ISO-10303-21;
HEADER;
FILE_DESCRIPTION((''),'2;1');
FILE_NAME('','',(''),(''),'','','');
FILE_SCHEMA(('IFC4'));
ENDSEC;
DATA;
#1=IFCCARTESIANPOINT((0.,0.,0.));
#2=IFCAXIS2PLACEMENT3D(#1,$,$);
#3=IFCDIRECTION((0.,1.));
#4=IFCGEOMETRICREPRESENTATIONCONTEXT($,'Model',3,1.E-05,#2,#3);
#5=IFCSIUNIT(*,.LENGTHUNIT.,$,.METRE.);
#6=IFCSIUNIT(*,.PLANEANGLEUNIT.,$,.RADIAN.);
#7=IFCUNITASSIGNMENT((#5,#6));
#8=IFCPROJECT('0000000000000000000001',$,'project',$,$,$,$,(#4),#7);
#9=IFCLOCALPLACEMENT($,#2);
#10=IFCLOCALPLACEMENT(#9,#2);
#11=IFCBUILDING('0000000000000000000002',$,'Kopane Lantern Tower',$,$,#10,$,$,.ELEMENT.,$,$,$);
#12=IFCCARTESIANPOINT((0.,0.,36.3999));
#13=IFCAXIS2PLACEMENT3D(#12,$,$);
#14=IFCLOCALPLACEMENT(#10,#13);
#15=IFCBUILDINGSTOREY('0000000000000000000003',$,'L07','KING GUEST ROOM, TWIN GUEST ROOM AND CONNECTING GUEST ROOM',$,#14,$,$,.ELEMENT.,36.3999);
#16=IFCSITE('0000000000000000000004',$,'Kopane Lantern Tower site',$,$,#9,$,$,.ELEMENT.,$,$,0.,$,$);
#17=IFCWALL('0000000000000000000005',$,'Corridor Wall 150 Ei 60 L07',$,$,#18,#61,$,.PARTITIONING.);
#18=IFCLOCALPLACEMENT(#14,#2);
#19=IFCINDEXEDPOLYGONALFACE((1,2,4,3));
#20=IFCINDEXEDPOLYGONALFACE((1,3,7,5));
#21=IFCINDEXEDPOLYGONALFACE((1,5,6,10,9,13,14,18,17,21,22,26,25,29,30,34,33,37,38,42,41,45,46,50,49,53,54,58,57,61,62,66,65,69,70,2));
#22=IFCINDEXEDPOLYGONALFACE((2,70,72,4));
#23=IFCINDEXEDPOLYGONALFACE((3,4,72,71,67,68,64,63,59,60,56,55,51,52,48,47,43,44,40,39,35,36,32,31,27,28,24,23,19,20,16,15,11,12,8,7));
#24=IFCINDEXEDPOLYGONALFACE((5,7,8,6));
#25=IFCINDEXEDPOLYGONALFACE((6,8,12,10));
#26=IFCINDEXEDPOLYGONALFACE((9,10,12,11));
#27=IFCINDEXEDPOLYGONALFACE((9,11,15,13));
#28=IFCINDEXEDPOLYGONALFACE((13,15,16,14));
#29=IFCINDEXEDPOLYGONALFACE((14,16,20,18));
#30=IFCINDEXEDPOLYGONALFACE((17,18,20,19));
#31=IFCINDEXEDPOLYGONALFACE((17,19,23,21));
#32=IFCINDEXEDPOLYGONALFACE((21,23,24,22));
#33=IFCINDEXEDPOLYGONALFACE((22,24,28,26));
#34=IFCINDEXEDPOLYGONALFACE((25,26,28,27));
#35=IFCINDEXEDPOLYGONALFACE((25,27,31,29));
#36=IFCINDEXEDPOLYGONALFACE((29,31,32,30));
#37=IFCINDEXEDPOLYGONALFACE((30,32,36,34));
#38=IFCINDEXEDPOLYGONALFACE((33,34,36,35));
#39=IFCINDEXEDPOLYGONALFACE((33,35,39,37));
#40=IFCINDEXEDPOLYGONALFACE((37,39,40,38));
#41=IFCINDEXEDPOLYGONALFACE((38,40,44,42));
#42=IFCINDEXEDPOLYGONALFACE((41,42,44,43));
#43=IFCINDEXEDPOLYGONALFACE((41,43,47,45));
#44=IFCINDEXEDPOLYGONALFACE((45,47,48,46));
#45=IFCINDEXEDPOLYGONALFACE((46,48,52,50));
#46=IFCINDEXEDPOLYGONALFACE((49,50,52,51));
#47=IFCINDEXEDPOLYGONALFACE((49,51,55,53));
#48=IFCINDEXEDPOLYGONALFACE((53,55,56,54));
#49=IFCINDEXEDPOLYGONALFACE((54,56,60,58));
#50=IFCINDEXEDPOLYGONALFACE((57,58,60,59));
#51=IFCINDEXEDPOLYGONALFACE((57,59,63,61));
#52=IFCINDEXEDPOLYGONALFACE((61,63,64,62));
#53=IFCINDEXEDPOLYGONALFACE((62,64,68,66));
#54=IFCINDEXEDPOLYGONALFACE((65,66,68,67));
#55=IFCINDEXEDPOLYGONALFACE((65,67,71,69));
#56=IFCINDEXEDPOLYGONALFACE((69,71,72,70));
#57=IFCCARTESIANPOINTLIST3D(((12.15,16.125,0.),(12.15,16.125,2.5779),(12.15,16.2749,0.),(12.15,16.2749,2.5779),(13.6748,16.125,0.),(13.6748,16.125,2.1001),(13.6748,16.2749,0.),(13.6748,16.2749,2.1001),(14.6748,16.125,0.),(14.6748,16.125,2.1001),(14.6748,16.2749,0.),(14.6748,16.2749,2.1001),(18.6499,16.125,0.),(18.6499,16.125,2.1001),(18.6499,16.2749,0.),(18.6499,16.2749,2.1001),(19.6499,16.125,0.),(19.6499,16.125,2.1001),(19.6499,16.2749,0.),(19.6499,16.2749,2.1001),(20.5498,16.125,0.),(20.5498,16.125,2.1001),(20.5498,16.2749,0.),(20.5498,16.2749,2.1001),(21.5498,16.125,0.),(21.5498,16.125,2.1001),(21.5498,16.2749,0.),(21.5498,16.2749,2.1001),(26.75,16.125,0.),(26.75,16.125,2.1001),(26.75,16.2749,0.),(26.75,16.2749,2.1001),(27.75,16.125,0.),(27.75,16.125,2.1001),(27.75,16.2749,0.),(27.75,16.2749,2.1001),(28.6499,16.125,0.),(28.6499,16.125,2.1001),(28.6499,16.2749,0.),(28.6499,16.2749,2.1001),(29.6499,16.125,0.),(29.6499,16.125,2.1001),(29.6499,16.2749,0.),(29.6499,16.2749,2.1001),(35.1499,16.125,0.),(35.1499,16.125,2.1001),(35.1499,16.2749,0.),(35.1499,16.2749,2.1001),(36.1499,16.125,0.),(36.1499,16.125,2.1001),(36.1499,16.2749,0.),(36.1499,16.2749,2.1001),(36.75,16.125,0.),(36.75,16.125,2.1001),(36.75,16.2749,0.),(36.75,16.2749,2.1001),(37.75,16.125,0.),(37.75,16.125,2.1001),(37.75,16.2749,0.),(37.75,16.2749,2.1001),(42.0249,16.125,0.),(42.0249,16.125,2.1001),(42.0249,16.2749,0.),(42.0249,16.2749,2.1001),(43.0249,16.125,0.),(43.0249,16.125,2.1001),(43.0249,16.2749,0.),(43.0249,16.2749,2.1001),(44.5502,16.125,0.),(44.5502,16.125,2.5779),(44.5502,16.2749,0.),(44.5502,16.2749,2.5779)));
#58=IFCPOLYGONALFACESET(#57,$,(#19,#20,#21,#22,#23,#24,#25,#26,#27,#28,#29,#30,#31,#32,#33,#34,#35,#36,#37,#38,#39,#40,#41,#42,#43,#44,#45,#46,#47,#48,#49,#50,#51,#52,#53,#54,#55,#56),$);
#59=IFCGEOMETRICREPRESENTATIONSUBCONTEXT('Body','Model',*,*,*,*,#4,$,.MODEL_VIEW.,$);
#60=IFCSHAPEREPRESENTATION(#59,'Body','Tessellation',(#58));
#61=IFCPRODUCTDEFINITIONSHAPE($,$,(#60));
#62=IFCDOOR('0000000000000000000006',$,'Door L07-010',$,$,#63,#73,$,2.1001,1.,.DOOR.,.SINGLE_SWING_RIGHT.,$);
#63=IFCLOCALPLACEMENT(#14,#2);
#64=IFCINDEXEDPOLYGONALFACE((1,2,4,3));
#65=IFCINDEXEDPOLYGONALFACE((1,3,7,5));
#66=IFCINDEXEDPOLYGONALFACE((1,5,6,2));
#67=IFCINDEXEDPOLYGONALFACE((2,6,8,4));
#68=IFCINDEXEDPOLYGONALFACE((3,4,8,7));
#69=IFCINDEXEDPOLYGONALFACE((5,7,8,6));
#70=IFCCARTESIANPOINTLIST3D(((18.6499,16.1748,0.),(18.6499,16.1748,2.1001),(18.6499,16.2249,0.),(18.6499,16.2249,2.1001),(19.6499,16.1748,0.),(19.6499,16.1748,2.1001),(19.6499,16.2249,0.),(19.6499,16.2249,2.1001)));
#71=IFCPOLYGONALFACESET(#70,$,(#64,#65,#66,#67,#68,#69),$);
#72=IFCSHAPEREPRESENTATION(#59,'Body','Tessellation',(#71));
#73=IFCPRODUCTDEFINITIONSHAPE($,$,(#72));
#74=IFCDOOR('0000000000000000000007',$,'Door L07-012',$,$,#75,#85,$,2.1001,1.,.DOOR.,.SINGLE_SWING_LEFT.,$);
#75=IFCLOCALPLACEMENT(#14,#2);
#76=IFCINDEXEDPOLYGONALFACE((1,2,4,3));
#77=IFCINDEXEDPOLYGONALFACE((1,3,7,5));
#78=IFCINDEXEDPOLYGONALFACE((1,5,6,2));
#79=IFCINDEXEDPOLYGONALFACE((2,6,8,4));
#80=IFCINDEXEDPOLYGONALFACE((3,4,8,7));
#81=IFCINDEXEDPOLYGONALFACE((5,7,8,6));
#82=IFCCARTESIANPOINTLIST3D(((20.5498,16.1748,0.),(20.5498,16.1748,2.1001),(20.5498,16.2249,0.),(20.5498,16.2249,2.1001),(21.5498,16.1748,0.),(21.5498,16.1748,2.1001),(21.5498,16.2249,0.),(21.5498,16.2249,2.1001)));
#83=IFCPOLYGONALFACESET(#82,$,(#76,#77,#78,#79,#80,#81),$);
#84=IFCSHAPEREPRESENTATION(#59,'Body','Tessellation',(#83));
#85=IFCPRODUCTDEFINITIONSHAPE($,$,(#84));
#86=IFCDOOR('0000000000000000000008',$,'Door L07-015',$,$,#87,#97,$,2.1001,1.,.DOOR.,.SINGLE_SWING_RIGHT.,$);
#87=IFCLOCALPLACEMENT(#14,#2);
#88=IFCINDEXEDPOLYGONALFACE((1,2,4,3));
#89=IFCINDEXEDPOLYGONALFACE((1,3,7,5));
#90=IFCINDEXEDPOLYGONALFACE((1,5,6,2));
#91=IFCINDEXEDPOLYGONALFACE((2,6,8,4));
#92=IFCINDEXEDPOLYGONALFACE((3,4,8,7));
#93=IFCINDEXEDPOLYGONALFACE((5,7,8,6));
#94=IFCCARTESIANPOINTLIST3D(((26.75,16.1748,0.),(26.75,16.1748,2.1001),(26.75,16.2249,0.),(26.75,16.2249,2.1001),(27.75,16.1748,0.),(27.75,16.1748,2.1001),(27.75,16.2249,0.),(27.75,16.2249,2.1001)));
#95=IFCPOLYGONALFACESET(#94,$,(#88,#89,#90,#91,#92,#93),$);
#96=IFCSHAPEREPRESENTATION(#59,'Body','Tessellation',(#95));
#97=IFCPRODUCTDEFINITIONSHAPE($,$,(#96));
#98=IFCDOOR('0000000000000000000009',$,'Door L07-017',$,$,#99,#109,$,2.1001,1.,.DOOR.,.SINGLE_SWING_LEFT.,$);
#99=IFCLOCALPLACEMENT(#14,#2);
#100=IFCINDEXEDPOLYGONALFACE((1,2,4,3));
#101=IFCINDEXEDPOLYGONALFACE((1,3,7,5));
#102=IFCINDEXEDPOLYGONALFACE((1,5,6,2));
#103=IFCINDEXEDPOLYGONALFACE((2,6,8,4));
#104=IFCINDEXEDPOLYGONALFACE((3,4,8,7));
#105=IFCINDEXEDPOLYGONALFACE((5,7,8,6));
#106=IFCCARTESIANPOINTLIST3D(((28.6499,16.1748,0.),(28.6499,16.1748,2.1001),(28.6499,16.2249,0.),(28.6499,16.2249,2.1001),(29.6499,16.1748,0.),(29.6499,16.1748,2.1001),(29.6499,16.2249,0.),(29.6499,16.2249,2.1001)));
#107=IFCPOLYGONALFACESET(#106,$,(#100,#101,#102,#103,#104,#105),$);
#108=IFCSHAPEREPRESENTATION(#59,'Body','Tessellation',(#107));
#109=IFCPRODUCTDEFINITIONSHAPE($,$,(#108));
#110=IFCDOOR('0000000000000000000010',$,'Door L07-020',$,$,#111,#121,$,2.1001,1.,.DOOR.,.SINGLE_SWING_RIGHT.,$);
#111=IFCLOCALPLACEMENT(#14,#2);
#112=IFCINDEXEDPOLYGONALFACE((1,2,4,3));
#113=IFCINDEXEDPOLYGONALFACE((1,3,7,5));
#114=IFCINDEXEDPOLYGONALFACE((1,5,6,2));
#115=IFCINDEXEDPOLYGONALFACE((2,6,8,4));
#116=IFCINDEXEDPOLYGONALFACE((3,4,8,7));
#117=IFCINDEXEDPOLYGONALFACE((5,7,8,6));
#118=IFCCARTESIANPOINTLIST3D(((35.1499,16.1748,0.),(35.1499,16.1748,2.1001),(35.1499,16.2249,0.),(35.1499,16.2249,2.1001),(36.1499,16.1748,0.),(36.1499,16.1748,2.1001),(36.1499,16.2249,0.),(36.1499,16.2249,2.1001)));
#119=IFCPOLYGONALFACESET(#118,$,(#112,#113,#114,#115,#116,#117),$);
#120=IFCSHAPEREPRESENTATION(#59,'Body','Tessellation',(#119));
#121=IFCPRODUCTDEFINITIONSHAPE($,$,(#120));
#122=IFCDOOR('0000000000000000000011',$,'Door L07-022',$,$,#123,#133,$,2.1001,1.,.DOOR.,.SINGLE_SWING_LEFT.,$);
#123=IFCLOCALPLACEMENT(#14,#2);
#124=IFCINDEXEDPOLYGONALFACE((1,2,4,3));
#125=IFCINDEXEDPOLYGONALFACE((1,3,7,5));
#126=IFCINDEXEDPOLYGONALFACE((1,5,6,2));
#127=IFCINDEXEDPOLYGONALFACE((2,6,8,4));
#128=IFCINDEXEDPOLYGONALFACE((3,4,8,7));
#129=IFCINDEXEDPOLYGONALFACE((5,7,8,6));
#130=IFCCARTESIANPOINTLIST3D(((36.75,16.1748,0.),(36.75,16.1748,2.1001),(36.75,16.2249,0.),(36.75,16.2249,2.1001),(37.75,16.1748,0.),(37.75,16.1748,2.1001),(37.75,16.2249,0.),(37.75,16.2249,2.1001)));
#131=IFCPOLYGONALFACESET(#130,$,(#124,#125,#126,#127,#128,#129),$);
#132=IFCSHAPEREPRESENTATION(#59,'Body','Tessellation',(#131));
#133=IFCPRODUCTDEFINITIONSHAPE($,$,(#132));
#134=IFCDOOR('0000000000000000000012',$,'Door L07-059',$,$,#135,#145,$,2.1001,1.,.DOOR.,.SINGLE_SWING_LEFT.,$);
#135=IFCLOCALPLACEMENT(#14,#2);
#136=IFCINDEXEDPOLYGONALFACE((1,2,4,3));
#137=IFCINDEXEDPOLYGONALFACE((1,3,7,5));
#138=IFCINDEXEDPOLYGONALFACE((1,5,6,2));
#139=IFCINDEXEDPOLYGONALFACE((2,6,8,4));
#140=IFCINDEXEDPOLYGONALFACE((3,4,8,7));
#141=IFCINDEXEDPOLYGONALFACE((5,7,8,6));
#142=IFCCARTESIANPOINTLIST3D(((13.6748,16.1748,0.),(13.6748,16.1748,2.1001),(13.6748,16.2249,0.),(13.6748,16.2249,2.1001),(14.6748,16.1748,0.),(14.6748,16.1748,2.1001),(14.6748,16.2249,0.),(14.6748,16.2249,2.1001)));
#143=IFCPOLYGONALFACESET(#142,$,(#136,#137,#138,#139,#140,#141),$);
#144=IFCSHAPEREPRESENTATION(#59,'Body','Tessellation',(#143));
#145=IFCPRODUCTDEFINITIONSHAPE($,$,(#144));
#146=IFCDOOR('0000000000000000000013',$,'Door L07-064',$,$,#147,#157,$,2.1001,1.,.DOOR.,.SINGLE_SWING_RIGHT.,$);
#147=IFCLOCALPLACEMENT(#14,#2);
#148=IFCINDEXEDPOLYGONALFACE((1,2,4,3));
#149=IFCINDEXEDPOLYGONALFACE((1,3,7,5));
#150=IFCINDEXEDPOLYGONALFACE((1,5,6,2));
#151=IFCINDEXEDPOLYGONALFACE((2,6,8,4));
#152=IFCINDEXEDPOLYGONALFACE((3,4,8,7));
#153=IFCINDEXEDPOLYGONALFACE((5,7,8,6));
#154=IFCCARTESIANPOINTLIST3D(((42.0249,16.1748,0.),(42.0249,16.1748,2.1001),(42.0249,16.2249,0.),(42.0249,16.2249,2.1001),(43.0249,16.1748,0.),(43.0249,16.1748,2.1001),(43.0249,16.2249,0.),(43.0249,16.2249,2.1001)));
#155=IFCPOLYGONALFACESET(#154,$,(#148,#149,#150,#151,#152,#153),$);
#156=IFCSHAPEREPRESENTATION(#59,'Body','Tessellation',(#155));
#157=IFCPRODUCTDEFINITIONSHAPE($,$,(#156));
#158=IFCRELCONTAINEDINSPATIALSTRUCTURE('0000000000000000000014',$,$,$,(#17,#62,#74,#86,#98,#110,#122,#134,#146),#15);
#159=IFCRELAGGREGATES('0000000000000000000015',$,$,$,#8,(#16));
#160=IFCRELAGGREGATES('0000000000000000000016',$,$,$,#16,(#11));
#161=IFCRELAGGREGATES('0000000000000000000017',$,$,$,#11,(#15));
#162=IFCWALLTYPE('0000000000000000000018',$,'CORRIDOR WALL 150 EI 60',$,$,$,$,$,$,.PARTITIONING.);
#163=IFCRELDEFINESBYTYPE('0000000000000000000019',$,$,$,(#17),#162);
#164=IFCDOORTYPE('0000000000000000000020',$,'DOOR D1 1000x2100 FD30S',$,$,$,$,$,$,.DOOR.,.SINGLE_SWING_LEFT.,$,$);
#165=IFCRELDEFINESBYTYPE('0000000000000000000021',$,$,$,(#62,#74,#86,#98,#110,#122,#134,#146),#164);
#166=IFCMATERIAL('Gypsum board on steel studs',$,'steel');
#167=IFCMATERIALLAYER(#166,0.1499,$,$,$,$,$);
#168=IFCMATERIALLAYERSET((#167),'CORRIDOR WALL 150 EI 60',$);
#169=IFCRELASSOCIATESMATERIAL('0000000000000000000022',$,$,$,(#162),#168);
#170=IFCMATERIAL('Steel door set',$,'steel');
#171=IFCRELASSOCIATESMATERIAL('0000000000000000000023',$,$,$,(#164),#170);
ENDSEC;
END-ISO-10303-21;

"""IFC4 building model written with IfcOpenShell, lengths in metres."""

from ifc_helpers import new_model, si_unit, direction, frame, frame_2d, origin, place, context, subcontext, project, spatial, rectangle, extrude, material, layer, layer_set, type_object, element, fill, save


model = new_model("IFC4")

# Units and contexts
model_context = context("Model", 3, precision=1e-05, world=origin(), true_north=direction((0.0, 1.0)))
body_context = subcontext(model_context, "Body", "Model", "MODEL_VIEW")
ifc_project = project(units=[si_unit("LENGTHUNIT", "METRE"), si_unit("PLANEANGLEUNIT", "RADIAN")], contexts=[model_context])

# Site, building, storey
site_placement = place(None, origin())
site = spatial("IfcSite", under=ifc_project, at=site_placement, Name="Kopane Lantern Tower site", CompositionType="ELEMENT", RefElevation=0.0)
building_placement = place(site_placement, origin())
building = spatial("IfcBuilding", under=site, at=building_placement, Name="Kopane Lantern Tower", CompositionType="ELEMENT")
storey_placement = place(building_placement, frame((0.0, 0.0, 36.3999)))
storey = spatial("IfcBuildingStorey", under=building, at=storey_placement, Name="L07", Description="KING GUEST ROOM, TWIN GUEST ROOM AND CONNECTING GUEST ROOM", CompositionType="ELEMENT", Elevation=36.3999)

# Wall, openings, doors
ifc_material_1 = material(Name="Gypsum board on steel studs", Category="steel")
ifc_layer_1 = layer(ifc_material_1, 0.1499)
ifc_layer_set_1 = layer_set([ifc_layer_1], Name="CORRIDOR WALL 150 EI 60")
wall_type_1 = type_object("IfcWallType", Name="CORRIDOR WALL 150 EI 60", PredefinedType="PARTITIONING", material=ifc_layer_set_1)
wall_1_placement = place(storey_placement, frame((12.1499, 16.2, 0.0), z_axis=(0.0, 0.0, 1.0), x_axis=(1.0, 0.0, 0.0)))
wall_1 = element("IfcWall", 1, at=wall_1_placement, inside=storey, type_object=wall_type_1, Name="Corridor Wall 150 Ei 60 L07", PredefinedType="PARTITIONING", context=body_context, shape_type="SweptSolid", body=[
    extrude(rectangle(XDim=32.4001, YDim=0.1499, at=frame_2d((16.2002, 0.0))), origin(), (0.0, 0.0, 1.0), 2.5779),
])
opening_1_placement = place(wall_1_placement, frame((6.5, 0.0, 0.0)))
opening_1 = element("IfcOpeningElement", 2, at=opening_1_placement, cuts=wall_1, PredefinedType="OPENING", context=body_context, shape_type="SweptSolid", body=[
    extrude(rectangle(XDim=1.0, YDim=2.1001, at=frame_2d((0.5, 1.05))), frame((0.0, 0.085, 0.0), z_axis=(0.0, -1.0, 0.0), x_axis=(1.0, 0.0, 0.0)), (0.0, 0.0, 1.0), 0.1699),
])
opening_2_placement = place(wall_1_placement, frame((8.3999, 0.0, 0.0)))
opening_2 = element("IfcOpeningElement", 3, at=opening_2_placement, cuts=wall_1, PredefinedType="OPENING", context=body_context, shape_type="SweptSolid", body=[
    extrude(rectangle(XDim=1.0, YDim=2.1001, at=frame_2d((0.5, 1.05))), frame((0.0, 0.085, 0.0), z_axis=(0.0, -1.0, 0.0), x_axis=(1.0, 0.0, 0.0)), (0.0, 0.0, 1.0), 0.1699),
])
opening_3_placement = place(wall_1_placement, frame((14.6001, 0.0, 0.0)))
opening_3 = element("IfcOpeningElement", 4, at=opening_3_placement, cuts=wall_1, PredefinedType="OPENING", context=body_context, shape_type="SweptSolid", body=[
    extrude(rectangle(XDim=1.0, YDim=2.1001, at=frame_2d((0.5, 1.05))), frame((0.0, 0.085, 0.0), z_axis=(0.0, -1.0, 0.0), x_axis=(1.0, 0.0, 0.0)), (0.0, 0.0, 1.0), 0.1699),
])
opening_4_placement = place(wall_1_placement, frame((16.5, 0.0, 0.0)))
opening_4 = element("IfcOpeningElement", 5, at=opening_4_placement, cuts=wall_1, PredefinedType="OPENING", context=body_context, shape_type="SweptSolid", body=[
    extrude(rectangle(XDim=1.0, YDim=2.1001, at=frame_2d((0.5, 1.05))), frame((0.0, 0.085, 0.0), z_axis=(0.0, -1.0, 0.0), x_axis=(1.0, 0.0, 0.0)), (0.0, 0.0, 1.0), 0.1699),
])
opening_5_placement = place(wall_1_placement, frame((23.0, 0.0, 0.0)))
opening_5 = element("IfcOpeningElement", 6, at=opening_5_placement, cuts=wall_1, PredefinedType="OPENING", context=body_context, shape_type="SweptSolid", body=[
    extrude(rectangle(XDim=1.0, YDim=2.1001, at=frame_2d((0.5, 1.05))), frame((0.0, 0.085, 0.0), z_axis=(0.0, -1.0, 0.0), x_axis=(1.0, 0.0, 0.0)), (0.0, 0.0, 1.0), 0.1699),
])
opening_6_placement = place(wall_1_placement, frame((24.6001, 0.0, 0.0)))
opening_6 = element("IfcOpeningElement", 7, at=opening_6_placement, cuts=wall_1, PredefinedType="OPENING", context=body_context, shape_type="SweptSolid", body=[
    extrude(rectangle(XDim=1.0, YDim=2.1001, at=frame_2d((0.5, 1.05))), frame((0.0, 0.085, 0.0), z_axis=(0.0, -1.0, 0.0), x_axis=(1.0, 0.0, 0.0)), (0.0, 0.0, 1.0), 0.1699),
])
opening_7_placement = place(wall_1_placement, frame((1.5249, 0.0, 0.0)))
opening_7 = element("IfcOpeningElement", 8, at=opening_7_placement, cuts=wall_1, PredefinedType="OPENING", context=body_context, shape_type="SweptSolid", body=[
    extrude(rectangle(XDim=1.0, YDim=2.1001, at=frame_2d((0.5, 1.05))), frame((0.0, 0.085, 0.0), z_axis=(0.0, -1.0, 0.0), x_axis=(1.0, 0.0, 0.0)), (0.0, 0.0, 1.0), 0.1699),
])
opening_8_placement = place(wall_1_placement, frame((29.875, 0.0, 0.0)))
opening_8 = element("IfcOpeningElement", 9, at=opening_8_placement, cuts=wall_1, PredefinedType="OPENING", context=body_context, shape_type="SweptSolid", body=[
    extrude(rectangle(XDim=1.0, YDim=2.1001, at=frame_2d((0.5, 1.05))), frame((0.0, 0.085, 0.0), z_axis=(0.0, -1.0, 0.0), x_axis=(1.0, 0.0, 0.0)), (0.0, 0.0, 1.0), 0.1699),
])
ifc_material_2 = material(Name="Steel door set", Category="steel")
door_type = type_object("IfcDoorType", Name="DOOR D1 1000x2100 FD30S", OperationType="SINGLE_SWING_LEFT", PredefinedType="DOOR", material=ifc_material_2)
door_1_placement = place(opening_1_placement, origin())
door_1 = element("IfcDoor", 10, at=door_1_placement, inside=storey, type_object=door_type, Name="Door L07-010", OperationType="SINGLE_SWING_RIGHT", OverallHeight=2.1001, OverallWidth=1.0, PredefinedType="DOOR", context=body_context, shape_type="SweptSolid", body=[
    extrude(rectangle(XDim=1.0, YDim=2.1001, at=frame_2d((0.5, 1.05))), frame((0.0, 0.0249, 0.0), z_axis=(0.0, -1.0, 0.0), x_axis=(1.0, 0.0, 0.0)), (0.0, 0.0, 1.0), 0.05),
])
fill(opening_1, door_1)
door_2_placement = place(opening_2_placement, origin())
door_2 = element("IfcDoor", 11, at=door_2_placement, inside=storey, type_object=door_type, Name="Door L07-012", OperationType="SINGLE_SWING_LEFT", OverallHeight=2.1001, OverallWidth=1.0, PredefinedType="DOOR", context=body_context, shape_type="SweptSolid", body=[
    extrude(rectangle(XDim=1.0, YDim=2.1001, at=frame_2d((0.5, 1.05))), frame((0.0, 0.0249, 0.0), z_axis=(0.0, -1.0, 0.0), x_axis=(1.0, 0.0, 0.0)), (0.0, 0.0, 1.0), 0.05),
])
fill(opening_2, door_2)
door_3_placement = place(opening_3_placement, origin())
door_3 = element("IfcDoor", 12, at=door_3_placement, inside=storey, type_object=door_type, Name="Door L07-015", OperationType="SINGLE_SWING_RIGHT", OverallHeight=2.1001, OverallWidth=1.0, PredefinedType="DOOR", context=body_context, shape_type="SweptSolid", body=[
    extrude(rectangle(XDim=1.0, YDim=2.1001, at=frame_2d((0.5, 1.05))), frame((0.0, 0.0249, 0.0), z_axis=(0.0, -1.0, 0.0), x_axis=(1.0, 0.0, 0.0)), (0.0, 0.0, 1.0), 0.05),
])
fill(opening_3, door_3)
door_4_placement = place(opening_4_placement, origin())
door_4 = element("IfcDoor", 13, at=door_4_placement, inside=storey, type_object=door_type, Name="Door L07-017", OperationType="SINGLE_SWING_LEFT", OverallHeight=2.1001, OverallWidth=1.0, PredefinedType="DOOR", context=body_context, shape_type="SweptSolid", body=[
    extrude(rectangle(XDim=1.0, YDim=2.1001, at=frame_2d((0.5, 1.05))), frame((0.0, 0.0249, 0.0), z_axis=(0.0, -1.0, 0.0), x_axis=(1.0, 0.0, 0.0)), (0.0, 0.0, 1.0), 0.05),
])
fill(opening_4, door_4)
door_5_placement = place(opening_5_placement, origin())
door_5 = element("IfcDoor", 14, at=door_5_placement, inside=storey, type_object=door_type, Name="Door L07-020", OperationType="SINGLE_SWING_RIGHT", OverallHeight=2.1001, OverallWidth=1.0, PredefinedType="DOOR", context=body_context, shape_type="SweptSolid", body=[
    extrude(rectangle(XDim=1.0, YDim=2.1001, at=frame_2d((0.5, 1.05))), frame((0.0, 0.0249, 0.0), z_axis=(0.0, -1.0, 0.0), x_axis=(1.0, 0.0, 0.0)), (0.0, 0.0, 1.0), 0.05),
])
fill(opening_5, door_5)
door_6_placement = place(opening_6_placement, origin())
door_6 = element("IfcDoor", 15, at=door_6_placement, inside=storey, type_object=door_type, Name="Door L07-022", OperationType="SINGLE_SWING_LEFT", OverallHeight=2.1001, OverallWidth=1.0, PredefinedType="DOOR", context=body_context, shape_type="SweptSolid", body=[
    extrude(rectangle(XDim=1.0, YDim=2.1001, at=frame_2d((0.5, 1.05))), frame((0.0, 0.0249, 0.0), z_axis=(0.0, -1.0, 0.0), x_axis=(1.0, 0.0, 0.0)), (0.0, 0.0, 1.0), 0.05),
])
fill(opening_6, door_6)
door_7_placement = place(opening_7_placement, origin())
door_7 = element("IfcDoor", 16, at=door_7_placement, inside=storey, type_object=door_type, Name="Door L07-059", OperationType="SINGLE_SWING_LEFT", OverallHeight=2.1001, OverallWidth=1.0, PredefinedType="DOOR", context=body_context, shape_type="SweptSolid", body=[
    extrude(rectangle(XDim=1.0, YDim=2.1001, at=frame_2d((0.5, 1.05))), frame((0.0, 0.0249, 0.0), z_axis=(0.0, -1.0, 0.0), x_axis=(1.0, 0.0, 0.0)), (0.0, 0.0, 1.0), 0.05),
])
fill(opening_7, door_7)
door_8_placement = place(opening_8_placement, origin())
door_8 = element("IfcDoor", 17, at=door_8_placement, inside=storey, type_object=door_type, Name="Door L07-064", OperationType="SINGLE_SWING_RIGHT", OverallHeight=2.1001, OverallWidth=1.0, PredefinedType="DOOR", context=body_context, shape_type="SweptSolid", body=[
    extrude(rectangle(XDim=1.0, YDim=2.1001, at=frame_2d((0.5, 1.05))), frame((0.0, 0.0249, 0.0), z_axis=(0.0, -1.0, 0.0), x_axis=(1.0, 0.0, 0.0)), (0.0, 0.0, 1.0), 0.05),
])
fill(opening_8, door_8)

save(model, "model.ifc")
